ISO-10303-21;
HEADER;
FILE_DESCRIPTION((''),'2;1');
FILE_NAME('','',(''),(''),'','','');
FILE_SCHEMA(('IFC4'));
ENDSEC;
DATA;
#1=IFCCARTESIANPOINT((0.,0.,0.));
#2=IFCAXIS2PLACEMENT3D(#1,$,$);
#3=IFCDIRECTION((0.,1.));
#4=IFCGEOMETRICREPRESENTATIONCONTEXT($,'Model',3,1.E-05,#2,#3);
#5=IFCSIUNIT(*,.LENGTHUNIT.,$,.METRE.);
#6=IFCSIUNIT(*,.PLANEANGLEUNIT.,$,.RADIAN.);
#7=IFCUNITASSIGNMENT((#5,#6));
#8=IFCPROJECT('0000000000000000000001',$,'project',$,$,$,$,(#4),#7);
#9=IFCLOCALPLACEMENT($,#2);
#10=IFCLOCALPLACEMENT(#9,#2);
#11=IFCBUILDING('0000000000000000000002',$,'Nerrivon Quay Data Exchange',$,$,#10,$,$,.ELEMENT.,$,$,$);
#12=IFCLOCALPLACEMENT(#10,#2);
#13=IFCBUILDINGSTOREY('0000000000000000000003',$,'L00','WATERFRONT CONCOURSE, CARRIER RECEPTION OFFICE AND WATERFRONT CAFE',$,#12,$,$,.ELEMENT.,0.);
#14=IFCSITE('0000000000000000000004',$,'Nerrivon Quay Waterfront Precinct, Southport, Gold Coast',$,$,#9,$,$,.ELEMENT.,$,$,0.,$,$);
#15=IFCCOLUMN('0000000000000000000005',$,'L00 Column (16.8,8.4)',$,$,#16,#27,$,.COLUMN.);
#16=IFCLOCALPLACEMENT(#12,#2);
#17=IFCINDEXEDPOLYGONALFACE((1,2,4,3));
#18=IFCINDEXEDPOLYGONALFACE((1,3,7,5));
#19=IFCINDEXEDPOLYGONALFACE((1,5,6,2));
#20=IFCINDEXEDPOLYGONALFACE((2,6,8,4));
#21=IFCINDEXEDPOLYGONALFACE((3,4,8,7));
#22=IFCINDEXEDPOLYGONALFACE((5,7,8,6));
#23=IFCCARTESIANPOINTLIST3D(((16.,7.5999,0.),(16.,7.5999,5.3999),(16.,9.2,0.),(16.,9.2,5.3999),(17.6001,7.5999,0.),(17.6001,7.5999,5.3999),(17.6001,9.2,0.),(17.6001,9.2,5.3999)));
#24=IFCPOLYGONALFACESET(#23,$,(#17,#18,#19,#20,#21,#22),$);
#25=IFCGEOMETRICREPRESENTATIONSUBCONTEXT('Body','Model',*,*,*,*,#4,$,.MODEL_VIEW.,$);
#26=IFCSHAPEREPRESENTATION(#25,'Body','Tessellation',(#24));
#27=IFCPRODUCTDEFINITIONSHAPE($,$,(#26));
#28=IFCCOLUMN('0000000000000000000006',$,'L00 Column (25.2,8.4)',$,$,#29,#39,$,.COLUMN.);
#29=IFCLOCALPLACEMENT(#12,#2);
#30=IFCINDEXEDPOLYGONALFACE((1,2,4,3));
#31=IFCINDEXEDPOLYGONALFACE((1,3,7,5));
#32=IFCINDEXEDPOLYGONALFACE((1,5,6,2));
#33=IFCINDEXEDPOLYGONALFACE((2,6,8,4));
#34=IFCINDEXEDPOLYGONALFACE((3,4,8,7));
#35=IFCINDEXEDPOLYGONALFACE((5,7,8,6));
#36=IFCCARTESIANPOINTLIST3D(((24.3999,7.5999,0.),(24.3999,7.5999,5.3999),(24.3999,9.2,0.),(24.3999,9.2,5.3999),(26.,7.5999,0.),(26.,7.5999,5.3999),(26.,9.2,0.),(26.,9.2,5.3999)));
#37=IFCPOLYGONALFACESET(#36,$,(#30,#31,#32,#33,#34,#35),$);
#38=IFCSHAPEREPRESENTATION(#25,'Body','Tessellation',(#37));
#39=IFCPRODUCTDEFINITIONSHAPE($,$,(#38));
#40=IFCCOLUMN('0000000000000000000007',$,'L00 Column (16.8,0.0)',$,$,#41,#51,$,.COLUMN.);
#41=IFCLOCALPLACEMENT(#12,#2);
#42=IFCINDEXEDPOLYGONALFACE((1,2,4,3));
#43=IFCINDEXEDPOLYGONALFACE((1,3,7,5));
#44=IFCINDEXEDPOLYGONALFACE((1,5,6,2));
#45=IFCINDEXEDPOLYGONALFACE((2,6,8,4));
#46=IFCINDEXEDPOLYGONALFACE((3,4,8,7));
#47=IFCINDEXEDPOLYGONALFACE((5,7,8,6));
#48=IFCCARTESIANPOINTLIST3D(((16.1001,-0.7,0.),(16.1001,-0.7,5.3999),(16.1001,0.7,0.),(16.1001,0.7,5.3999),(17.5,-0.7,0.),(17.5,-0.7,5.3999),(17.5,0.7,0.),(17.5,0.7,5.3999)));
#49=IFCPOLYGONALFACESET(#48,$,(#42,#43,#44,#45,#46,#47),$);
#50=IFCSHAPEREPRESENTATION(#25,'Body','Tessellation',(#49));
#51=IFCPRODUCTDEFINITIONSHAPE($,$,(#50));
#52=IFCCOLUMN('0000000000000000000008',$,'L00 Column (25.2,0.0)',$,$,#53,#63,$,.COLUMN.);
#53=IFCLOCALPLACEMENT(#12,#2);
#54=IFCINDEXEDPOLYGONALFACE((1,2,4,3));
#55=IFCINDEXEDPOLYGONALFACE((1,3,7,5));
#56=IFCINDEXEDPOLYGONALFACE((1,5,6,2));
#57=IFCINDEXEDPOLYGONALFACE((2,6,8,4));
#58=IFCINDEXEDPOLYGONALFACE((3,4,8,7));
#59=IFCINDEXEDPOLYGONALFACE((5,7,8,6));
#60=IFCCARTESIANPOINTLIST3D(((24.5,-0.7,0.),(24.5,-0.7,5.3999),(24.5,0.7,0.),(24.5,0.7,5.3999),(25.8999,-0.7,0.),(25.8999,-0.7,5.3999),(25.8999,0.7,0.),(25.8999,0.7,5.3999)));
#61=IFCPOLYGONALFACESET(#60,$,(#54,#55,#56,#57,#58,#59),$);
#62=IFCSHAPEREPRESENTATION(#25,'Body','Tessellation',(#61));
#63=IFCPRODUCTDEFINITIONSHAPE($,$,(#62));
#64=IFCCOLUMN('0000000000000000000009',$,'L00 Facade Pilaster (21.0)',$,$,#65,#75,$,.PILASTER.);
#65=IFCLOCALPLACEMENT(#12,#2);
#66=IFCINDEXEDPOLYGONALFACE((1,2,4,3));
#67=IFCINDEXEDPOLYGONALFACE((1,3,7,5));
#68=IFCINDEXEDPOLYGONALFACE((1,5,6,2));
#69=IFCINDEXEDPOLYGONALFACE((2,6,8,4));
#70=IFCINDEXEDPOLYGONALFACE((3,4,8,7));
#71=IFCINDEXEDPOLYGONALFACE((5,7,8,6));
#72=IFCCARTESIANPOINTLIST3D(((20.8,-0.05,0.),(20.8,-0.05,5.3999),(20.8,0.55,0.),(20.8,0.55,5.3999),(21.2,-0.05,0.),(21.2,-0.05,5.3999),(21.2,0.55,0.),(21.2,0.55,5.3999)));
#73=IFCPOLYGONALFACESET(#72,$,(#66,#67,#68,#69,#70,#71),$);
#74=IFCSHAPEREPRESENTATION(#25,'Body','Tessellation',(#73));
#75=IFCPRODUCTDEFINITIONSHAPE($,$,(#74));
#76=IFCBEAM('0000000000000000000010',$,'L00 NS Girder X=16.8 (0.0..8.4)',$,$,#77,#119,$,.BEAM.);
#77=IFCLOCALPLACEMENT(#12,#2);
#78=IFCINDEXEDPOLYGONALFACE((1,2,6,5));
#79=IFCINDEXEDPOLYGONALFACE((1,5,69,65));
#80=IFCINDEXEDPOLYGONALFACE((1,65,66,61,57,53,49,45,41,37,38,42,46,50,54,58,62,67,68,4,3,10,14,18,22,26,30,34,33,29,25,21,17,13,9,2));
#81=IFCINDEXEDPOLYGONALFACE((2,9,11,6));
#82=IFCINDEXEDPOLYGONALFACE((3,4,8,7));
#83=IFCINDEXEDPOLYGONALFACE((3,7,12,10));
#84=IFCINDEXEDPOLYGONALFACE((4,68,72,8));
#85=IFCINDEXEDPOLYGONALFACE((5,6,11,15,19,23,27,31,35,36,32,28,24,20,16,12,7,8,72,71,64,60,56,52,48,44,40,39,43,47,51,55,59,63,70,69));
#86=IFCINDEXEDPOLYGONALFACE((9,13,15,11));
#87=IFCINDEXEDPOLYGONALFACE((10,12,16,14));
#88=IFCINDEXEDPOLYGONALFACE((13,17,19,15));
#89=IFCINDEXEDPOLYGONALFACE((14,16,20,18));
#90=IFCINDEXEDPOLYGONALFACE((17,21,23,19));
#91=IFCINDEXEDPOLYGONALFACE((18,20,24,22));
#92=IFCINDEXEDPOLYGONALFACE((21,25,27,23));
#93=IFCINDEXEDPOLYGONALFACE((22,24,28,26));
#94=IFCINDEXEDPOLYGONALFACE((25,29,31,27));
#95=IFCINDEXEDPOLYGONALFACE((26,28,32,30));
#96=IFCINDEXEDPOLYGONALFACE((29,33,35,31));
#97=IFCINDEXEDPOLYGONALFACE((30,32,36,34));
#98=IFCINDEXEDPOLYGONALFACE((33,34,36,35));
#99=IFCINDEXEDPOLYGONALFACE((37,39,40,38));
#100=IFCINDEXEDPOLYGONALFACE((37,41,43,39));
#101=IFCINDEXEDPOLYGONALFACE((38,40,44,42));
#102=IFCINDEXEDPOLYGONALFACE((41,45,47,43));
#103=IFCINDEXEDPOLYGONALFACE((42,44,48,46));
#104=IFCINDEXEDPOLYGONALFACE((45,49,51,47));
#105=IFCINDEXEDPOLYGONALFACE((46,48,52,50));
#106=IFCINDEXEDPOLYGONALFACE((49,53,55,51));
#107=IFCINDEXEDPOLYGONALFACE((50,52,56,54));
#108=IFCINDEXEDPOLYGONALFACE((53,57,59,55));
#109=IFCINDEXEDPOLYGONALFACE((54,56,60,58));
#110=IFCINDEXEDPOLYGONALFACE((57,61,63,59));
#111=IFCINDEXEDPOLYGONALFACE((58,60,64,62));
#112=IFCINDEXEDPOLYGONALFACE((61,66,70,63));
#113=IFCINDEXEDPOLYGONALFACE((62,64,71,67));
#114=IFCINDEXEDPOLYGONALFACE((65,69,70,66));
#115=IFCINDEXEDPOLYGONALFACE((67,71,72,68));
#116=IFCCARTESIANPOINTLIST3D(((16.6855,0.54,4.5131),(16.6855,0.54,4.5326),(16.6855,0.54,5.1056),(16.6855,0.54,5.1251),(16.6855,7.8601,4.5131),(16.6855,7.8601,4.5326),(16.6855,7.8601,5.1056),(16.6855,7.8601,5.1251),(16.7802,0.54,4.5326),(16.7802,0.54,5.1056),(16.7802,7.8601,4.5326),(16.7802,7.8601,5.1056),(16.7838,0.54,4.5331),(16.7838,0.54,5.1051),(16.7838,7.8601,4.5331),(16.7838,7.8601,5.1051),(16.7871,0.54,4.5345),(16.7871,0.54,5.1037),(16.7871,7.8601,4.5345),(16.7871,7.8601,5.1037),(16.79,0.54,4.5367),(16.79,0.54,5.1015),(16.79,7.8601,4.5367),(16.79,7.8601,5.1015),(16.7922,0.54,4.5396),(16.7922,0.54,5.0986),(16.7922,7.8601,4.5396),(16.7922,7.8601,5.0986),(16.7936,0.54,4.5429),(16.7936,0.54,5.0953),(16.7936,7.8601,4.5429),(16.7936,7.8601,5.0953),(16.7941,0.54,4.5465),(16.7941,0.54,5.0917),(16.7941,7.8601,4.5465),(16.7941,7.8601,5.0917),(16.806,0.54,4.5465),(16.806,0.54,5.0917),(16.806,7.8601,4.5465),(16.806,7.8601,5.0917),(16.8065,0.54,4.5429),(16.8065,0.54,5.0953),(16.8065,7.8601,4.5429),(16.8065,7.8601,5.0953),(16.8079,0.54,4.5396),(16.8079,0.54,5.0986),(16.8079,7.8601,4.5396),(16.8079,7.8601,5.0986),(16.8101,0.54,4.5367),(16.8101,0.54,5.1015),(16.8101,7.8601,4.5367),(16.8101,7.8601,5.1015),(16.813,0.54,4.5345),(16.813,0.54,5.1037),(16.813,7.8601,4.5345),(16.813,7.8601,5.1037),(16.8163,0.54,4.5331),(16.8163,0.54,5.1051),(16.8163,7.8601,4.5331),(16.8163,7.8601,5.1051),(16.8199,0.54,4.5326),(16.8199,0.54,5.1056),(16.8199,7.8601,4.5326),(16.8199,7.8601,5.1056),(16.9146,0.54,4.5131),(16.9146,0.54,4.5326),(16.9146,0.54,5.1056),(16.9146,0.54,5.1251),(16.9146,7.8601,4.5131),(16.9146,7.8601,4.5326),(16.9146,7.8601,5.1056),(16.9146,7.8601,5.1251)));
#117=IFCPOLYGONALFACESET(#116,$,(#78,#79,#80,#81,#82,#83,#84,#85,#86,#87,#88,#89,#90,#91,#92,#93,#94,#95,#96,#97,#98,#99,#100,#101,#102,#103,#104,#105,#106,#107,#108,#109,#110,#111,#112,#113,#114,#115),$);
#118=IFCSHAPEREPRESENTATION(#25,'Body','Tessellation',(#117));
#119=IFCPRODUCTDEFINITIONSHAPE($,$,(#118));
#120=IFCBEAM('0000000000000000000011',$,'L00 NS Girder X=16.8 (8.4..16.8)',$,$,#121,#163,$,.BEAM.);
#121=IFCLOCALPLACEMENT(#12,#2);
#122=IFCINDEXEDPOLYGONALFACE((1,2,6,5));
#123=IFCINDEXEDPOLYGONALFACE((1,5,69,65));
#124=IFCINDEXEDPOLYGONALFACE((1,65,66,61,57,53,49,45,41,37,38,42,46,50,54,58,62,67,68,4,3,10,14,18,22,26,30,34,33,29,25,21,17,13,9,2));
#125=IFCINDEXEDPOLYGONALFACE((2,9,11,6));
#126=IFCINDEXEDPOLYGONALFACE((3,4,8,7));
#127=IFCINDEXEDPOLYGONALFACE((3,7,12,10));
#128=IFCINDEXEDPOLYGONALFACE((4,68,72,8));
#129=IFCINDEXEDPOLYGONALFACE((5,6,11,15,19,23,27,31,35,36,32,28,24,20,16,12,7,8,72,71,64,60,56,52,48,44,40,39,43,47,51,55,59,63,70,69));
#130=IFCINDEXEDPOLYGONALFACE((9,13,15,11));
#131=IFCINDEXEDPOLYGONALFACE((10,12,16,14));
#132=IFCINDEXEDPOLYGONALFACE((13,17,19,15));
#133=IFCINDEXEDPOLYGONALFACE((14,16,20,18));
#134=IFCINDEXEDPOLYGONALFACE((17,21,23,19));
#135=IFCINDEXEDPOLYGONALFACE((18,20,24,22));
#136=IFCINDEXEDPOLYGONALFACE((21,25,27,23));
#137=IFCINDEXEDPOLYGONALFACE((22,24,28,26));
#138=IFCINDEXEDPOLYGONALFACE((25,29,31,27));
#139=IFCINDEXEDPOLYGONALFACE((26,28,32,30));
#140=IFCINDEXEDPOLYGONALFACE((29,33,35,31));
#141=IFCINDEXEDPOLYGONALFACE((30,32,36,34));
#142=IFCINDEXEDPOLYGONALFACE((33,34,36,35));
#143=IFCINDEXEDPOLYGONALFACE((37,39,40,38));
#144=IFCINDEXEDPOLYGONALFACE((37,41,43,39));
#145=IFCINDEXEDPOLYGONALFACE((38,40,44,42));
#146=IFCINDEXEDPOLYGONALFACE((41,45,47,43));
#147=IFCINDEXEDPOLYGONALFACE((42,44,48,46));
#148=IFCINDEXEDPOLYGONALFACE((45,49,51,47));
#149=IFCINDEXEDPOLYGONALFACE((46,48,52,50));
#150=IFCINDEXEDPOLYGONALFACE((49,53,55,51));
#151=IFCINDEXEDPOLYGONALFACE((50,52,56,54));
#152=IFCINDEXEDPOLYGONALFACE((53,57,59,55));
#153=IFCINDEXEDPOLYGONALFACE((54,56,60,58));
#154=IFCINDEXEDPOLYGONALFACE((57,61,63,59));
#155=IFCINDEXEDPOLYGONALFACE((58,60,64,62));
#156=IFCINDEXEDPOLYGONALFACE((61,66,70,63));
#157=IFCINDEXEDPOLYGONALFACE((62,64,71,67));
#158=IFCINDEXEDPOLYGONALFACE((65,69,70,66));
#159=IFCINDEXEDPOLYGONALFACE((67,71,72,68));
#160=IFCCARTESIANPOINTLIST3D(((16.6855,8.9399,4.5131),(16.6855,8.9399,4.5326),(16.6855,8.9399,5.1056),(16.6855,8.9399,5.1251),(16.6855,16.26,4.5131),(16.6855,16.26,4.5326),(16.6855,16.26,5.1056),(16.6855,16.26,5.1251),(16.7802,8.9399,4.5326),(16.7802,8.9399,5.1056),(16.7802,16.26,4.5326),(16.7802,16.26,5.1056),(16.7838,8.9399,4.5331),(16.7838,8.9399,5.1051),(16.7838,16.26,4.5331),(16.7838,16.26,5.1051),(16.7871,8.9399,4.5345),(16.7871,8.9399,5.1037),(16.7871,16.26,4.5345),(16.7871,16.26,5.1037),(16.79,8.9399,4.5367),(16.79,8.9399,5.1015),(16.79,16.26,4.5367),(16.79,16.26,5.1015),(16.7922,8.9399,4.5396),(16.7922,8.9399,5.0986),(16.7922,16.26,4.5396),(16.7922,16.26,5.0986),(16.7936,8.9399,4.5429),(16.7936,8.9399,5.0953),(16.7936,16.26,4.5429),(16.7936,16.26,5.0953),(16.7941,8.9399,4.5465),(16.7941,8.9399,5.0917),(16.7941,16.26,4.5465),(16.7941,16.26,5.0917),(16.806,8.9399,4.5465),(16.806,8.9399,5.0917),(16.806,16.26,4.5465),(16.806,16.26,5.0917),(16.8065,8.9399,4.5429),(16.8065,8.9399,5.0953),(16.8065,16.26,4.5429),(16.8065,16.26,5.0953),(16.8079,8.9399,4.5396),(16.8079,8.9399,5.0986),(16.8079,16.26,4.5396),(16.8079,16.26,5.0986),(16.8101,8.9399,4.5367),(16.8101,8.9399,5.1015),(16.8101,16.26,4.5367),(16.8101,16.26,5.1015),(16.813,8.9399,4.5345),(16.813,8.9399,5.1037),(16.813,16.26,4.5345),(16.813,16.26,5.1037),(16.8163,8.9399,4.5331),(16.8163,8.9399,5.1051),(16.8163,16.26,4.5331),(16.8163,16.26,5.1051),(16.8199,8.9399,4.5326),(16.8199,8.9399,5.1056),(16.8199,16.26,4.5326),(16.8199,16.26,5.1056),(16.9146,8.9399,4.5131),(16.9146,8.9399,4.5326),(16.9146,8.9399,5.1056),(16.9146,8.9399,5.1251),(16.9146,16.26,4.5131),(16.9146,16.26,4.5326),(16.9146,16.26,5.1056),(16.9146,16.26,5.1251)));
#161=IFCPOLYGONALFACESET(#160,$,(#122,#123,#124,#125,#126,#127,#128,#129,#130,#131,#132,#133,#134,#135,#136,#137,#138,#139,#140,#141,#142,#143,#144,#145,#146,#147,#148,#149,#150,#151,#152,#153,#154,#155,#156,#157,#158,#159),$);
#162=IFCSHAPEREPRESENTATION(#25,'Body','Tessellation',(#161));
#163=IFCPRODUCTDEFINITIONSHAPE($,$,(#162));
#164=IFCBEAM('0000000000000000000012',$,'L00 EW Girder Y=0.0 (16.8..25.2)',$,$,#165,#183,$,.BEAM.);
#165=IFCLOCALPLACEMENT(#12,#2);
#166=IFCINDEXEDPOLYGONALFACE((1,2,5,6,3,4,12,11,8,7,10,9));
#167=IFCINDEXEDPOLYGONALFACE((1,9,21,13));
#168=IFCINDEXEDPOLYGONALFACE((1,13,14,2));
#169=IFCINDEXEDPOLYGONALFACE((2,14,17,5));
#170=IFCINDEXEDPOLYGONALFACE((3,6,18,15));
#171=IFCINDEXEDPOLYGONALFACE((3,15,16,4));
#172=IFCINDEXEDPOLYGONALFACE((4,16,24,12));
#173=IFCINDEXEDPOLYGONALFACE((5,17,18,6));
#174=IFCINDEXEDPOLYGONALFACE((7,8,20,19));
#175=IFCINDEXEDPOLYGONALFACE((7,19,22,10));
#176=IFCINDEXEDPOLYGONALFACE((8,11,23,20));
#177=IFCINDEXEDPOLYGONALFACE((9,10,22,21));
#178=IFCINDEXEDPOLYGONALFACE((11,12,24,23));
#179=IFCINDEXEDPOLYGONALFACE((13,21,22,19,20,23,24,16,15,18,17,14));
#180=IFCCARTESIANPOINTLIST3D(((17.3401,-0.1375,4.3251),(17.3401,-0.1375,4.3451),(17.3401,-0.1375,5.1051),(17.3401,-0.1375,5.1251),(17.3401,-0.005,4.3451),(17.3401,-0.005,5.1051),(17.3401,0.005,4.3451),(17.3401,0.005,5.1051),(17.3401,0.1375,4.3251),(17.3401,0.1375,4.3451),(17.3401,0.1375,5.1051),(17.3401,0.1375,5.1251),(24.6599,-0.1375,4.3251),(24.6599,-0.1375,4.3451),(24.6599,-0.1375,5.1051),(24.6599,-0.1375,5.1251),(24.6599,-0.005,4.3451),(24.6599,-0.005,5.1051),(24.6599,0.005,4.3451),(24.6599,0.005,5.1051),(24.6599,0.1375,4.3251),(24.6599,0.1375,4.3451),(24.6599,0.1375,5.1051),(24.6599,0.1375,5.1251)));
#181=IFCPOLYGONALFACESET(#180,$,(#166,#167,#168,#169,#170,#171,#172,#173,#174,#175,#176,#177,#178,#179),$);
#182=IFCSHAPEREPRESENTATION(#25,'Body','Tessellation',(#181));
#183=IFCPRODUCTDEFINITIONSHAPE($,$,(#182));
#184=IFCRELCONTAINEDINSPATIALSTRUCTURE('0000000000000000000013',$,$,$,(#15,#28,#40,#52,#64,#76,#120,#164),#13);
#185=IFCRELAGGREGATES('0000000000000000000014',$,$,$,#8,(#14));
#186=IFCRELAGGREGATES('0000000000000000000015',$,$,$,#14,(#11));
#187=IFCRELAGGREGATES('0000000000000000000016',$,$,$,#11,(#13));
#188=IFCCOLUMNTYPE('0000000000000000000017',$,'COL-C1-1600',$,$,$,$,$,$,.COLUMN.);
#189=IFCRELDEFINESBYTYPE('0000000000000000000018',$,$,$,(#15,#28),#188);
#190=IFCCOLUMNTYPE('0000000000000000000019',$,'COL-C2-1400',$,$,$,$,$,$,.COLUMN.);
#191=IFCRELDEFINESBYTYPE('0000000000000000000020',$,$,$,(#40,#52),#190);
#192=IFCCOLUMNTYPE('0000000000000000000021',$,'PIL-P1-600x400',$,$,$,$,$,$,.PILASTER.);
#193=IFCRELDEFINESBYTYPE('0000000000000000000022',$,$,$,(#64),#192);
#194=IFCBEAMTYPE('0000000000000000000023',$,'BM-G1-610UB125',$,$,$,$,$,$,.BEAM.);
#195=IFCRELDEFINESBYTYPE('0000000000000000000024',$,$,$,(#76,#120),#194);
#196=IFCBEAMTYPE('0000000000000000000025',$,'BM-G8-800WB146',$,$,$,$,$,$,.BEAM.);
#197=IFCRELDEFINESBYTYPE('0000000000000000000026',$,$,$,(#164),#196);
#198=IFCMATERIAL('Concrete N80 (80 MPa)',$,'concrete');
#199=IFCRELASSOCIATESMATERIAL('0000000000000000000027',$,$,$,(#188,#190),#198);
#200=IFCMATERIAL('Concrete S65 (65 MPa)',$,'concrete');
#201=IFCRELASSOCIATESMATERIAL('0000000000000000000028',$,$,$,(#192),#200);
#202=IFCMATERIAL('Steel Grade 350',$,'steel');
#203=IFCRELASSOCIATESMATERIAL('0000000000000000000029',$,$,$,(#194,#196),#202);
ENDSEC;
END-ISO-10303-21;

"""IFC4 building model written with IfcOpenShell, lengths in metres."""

from ifc_helpers import new_model, si_unit, direction, frame, origin, origin_2d, place, context, subcontext, project, spatial, rectangle, i_section, extrude, material, material_profile, profile_set, type_object, element, save


model = new_model("IFC4")

# Units and contexts
model_context = context("Model", 3, precision=1e-05, world=origin(), true_north=direction((0.0, 1.0)))
body_context = subcontext(model_context, "Body", "Model", "MODEL_VIEW")
ifc_project = project(units=[si_unit("LENGTHUNIT", "METRE"), si_unit("PLANEANGLEUNIT", "RADIAN")], contexts=[model_context])

# Site, building, storey
site_placement = place(None, origin())
site = spatial("IfcSite", under=ifc_project, at=site_placement, Name="Nerrivon Quay Waterfront Precinct, Southport, Gold Coast", CompositionType="ELEMENT", RefElevation=0.0)
building_placement = place(site_placement, origin())
building = spatial("IfcBuilding", under=site, at=building_placement, Name="Nerrivon Quay Data Exchange", CompositionType="ELEMENT")
storey_placement = place(building_placement, origin())
storey = spatial("IfcBuildingStorey", under=building, at=storey_placement, Name="L00", Description="WATERFRONT CONCOURSE, CARRIER RECEPTION OFFICE AND WATERFRONT CAFE", CompositionType="ELEMENT", Elevation=0.0)

# Columns
ifc_material_1 = material(Name="Concrete N80 (80 MPa)", Category="concrete")
ifc_material_profile_1 = material_profile(ifc_material_1, rectangle(XDim=1.6001, YDim=1.6001, at=origin_2d()), Name="RC-COL-1600x1600")
ifc_profile_set_1 = profile_set([ifc_material_profile_1], Name="Concrete N80 (80 MPa)")
column_type_1 = type_object("IfcColumnType", Name="COL-C1-1600", PredefinedType="COLUMN", material=ifc_profile_set_1)
for number, where, z_axis, x_axis, name in (
    (1, (16.8, 8.3999, 0.0), (0.0, 0.0, 1.0), (1.0, 0.0, 0.0), "L00 Column (16.8,8.4)"),
    (2, (25.2, 8.3999, 0.0), (0.0, 0.0, 1.0), (1.0, 0.0, 0.0), "L00 Column (25.2,8.4)"),
):
    element("IfcColumn", number, at=place(storey_placement, frame(where, z_axis=z_axis, x_axis=x_axis)), inside=storey, type_object=column_type_1, Name=name, PredefinedType="COLUMN", context=body_context, shape_type="SweptSolid", body=[
        extrude(rectangle(XDim=1.6001, YDim=1.6001, at=origin_2d()), origin(), (0.0, 0.0, 1.0), 5.3999),
    ])
ifc_material_profile_2 = material_profile(ifc_material_1, rectangle(XDim=1.3999, YDim=1.3999, at=origin_2d()), Name="RC-COL-1400x1400")
ifc_profile_set_2 = profile_set([ifc_material_profile_2], Name="Concrete N80 (80 MPa)")
column_type_2 = type_object("IfcColumnType", Name="COL-C2-1400", PredefinedType="COLUMN", material=ifc_profile_set_2)
for number, where, z_axis, x_axis, name in (
    (3, (16.8, 0.0, 0.0), (0.0, 0.0, 1.0), (1.0, 0.0, 0.0), "L00 Column (16.8,0.0)"),
    (4, (25.2, 0.0, 0.0), (0.0, 0.0, 1.0), (1.0, 0.0, 0.0), "L00 Column (25.2,0.0)"),
):
    element("IfcColumn", number, at=place(storey_placement, frame(where, z_axis=z_axis, x_axis=x_axis)), inside=storey, type_object=column_type_2, Name=name, PredefinedType="COLUMN", context=body_context, shape_type="SweptSolid", body=[
        extrude(rectangle(XDim=1.3999, YDim=1.3999, at=origin_2d()), origin(), (0.0, 0.0, 1.0), 5.3999),
    ])
ifc_material_2 = material(Name="Concrete S65 (65 MPa)", Category="concrete")
ifc_material_profile_3 = material_profile(ifc_material_2, rectangle(XDim=0.3999, YDim=0.6001, at=origin_2d()), Name="RC-PIL-600x400")
ifc_profile_set_3 = profile_set([ifc_material_profile_3], Name="Concrete S65 (65 MPa)")
column_type_3 = type_object("IfcColumnType", Name="PIL-P1-600x400", PredefinedType="PILASTER", material=ifc_profile_set_3)
column_placement = place(storey_placement, frame((21.0, 0.25, 0.0), z_axis=(0.0, 0.0, 1.0), x_axis=(1.0, 0.0, 0.0)))
element("IfcColumn", 5, at=column_placement, inside=storey, type_object=column_type_3, Name="L00 Facade Pilaster (21.0)", PredefinedType="PILASTER", context=body_context, shape_type="SweptSolid", body=[
    extrude(rectangle(XDim=0.3999, YDim=0.6001, at=origin_2d()), origin(), (0.0, 0.0, 1.0), 5.3999),
])

# Beams
ifc_material_3 = material(Name="Steel Grade 350", Category="steel")
ifc_material_profile_4 = material_profile(ifc_material_3, i_section(OverallWidth=0.229, OverallDepth=0.6121, WebThickness=0.012, FlangeThickness=0.0195, FilletRadius=0.0139, at=origin_2d()), Name="610UB125")
ifc_profile_set_4 = profile_set([ifc_material_profile_4], Name="Steel Grade 350")
beam_type_1 = type_object("IfcBeamType", Name="BM-G1-610UB125", PredefinedType="BEAM", material=ifc_profile_set_4)
for number, where, z_axis, x_axis, name in (
    (6, (16.8, 0.54, 4.8191), (0.0, 1.0, 0.0), (-1.0, 0.0, 0.0), "L00 NS Girder X=16.8 (0.0..8.4)"),
    (7, (16.8, 8.9399, 4.8191), (0.0, 1.0, 0.0), (-1.0, 0.0, 0.0), "L00 NS Girder X=16.8 (8.4..16.8)"),
):
    element("IfcBeam", number, at=place(storey_placement, frame(where, z_axis=z_axis, x_axis=x_axis)), inside=storey, type_object=beam_type_1, Name=name, PredefinedType="BEAM", context=body_context, shape_type="SweptSolid", body=[
        extrude(i_section(OverallWidth=0.229, OverallDepth=0.6121, WebThickness=0.012, FlangeThickness=0.0195, FilletRadius=0.0139, at=origin_2d()), origin(), (0.0, 0.0, 1.0), 7.3201),
    ])
ifc_material_profile_5 = material_profile(ifc_material_3, i_section(OverallWidth=0.2749, OverallDepth=0.8, WebThickness=0.01, FlangeThickness=0.02, at=origin_2d()), Name="800WB146")
ifc_profile_set_5 = profile_set([ifc_material_profile_5], Name="Steel Grade 350")
beam_type_2 = type_object("IfcBeamType", Name="BM-G8-800WB146", PredefinedType="BEAM", material=ifc_profile_set_5)
for number, where, z_axis, x_axis, name in (
    (8, (17.3401, 0.0, 4.7251), (1.0, 0.0, 0.0), (0.0, 1.0, 0.0), "L00 EW Girder Y=0.0 (16.8..25.2)"),
):
    element("IfcBeam", number, at=place(storey_placement, frame(where, z_axis=z_axis, x_axis=x_axis)), inside=storey, type_object=beam_type_2, Name=name, PredefinedType="BEAM", context=body_context, shape_type="SweptSolid", body=[
        extrude(i_section(OverallWidth=0.2749, OverallDepth=0.8, WebThickness=0.01, FlangeThickness=0.02, at=origin_2d()), origin(), (0.0, 0.0, 1.0), 7.3198),
    ])

save(model, "model.ifc")
